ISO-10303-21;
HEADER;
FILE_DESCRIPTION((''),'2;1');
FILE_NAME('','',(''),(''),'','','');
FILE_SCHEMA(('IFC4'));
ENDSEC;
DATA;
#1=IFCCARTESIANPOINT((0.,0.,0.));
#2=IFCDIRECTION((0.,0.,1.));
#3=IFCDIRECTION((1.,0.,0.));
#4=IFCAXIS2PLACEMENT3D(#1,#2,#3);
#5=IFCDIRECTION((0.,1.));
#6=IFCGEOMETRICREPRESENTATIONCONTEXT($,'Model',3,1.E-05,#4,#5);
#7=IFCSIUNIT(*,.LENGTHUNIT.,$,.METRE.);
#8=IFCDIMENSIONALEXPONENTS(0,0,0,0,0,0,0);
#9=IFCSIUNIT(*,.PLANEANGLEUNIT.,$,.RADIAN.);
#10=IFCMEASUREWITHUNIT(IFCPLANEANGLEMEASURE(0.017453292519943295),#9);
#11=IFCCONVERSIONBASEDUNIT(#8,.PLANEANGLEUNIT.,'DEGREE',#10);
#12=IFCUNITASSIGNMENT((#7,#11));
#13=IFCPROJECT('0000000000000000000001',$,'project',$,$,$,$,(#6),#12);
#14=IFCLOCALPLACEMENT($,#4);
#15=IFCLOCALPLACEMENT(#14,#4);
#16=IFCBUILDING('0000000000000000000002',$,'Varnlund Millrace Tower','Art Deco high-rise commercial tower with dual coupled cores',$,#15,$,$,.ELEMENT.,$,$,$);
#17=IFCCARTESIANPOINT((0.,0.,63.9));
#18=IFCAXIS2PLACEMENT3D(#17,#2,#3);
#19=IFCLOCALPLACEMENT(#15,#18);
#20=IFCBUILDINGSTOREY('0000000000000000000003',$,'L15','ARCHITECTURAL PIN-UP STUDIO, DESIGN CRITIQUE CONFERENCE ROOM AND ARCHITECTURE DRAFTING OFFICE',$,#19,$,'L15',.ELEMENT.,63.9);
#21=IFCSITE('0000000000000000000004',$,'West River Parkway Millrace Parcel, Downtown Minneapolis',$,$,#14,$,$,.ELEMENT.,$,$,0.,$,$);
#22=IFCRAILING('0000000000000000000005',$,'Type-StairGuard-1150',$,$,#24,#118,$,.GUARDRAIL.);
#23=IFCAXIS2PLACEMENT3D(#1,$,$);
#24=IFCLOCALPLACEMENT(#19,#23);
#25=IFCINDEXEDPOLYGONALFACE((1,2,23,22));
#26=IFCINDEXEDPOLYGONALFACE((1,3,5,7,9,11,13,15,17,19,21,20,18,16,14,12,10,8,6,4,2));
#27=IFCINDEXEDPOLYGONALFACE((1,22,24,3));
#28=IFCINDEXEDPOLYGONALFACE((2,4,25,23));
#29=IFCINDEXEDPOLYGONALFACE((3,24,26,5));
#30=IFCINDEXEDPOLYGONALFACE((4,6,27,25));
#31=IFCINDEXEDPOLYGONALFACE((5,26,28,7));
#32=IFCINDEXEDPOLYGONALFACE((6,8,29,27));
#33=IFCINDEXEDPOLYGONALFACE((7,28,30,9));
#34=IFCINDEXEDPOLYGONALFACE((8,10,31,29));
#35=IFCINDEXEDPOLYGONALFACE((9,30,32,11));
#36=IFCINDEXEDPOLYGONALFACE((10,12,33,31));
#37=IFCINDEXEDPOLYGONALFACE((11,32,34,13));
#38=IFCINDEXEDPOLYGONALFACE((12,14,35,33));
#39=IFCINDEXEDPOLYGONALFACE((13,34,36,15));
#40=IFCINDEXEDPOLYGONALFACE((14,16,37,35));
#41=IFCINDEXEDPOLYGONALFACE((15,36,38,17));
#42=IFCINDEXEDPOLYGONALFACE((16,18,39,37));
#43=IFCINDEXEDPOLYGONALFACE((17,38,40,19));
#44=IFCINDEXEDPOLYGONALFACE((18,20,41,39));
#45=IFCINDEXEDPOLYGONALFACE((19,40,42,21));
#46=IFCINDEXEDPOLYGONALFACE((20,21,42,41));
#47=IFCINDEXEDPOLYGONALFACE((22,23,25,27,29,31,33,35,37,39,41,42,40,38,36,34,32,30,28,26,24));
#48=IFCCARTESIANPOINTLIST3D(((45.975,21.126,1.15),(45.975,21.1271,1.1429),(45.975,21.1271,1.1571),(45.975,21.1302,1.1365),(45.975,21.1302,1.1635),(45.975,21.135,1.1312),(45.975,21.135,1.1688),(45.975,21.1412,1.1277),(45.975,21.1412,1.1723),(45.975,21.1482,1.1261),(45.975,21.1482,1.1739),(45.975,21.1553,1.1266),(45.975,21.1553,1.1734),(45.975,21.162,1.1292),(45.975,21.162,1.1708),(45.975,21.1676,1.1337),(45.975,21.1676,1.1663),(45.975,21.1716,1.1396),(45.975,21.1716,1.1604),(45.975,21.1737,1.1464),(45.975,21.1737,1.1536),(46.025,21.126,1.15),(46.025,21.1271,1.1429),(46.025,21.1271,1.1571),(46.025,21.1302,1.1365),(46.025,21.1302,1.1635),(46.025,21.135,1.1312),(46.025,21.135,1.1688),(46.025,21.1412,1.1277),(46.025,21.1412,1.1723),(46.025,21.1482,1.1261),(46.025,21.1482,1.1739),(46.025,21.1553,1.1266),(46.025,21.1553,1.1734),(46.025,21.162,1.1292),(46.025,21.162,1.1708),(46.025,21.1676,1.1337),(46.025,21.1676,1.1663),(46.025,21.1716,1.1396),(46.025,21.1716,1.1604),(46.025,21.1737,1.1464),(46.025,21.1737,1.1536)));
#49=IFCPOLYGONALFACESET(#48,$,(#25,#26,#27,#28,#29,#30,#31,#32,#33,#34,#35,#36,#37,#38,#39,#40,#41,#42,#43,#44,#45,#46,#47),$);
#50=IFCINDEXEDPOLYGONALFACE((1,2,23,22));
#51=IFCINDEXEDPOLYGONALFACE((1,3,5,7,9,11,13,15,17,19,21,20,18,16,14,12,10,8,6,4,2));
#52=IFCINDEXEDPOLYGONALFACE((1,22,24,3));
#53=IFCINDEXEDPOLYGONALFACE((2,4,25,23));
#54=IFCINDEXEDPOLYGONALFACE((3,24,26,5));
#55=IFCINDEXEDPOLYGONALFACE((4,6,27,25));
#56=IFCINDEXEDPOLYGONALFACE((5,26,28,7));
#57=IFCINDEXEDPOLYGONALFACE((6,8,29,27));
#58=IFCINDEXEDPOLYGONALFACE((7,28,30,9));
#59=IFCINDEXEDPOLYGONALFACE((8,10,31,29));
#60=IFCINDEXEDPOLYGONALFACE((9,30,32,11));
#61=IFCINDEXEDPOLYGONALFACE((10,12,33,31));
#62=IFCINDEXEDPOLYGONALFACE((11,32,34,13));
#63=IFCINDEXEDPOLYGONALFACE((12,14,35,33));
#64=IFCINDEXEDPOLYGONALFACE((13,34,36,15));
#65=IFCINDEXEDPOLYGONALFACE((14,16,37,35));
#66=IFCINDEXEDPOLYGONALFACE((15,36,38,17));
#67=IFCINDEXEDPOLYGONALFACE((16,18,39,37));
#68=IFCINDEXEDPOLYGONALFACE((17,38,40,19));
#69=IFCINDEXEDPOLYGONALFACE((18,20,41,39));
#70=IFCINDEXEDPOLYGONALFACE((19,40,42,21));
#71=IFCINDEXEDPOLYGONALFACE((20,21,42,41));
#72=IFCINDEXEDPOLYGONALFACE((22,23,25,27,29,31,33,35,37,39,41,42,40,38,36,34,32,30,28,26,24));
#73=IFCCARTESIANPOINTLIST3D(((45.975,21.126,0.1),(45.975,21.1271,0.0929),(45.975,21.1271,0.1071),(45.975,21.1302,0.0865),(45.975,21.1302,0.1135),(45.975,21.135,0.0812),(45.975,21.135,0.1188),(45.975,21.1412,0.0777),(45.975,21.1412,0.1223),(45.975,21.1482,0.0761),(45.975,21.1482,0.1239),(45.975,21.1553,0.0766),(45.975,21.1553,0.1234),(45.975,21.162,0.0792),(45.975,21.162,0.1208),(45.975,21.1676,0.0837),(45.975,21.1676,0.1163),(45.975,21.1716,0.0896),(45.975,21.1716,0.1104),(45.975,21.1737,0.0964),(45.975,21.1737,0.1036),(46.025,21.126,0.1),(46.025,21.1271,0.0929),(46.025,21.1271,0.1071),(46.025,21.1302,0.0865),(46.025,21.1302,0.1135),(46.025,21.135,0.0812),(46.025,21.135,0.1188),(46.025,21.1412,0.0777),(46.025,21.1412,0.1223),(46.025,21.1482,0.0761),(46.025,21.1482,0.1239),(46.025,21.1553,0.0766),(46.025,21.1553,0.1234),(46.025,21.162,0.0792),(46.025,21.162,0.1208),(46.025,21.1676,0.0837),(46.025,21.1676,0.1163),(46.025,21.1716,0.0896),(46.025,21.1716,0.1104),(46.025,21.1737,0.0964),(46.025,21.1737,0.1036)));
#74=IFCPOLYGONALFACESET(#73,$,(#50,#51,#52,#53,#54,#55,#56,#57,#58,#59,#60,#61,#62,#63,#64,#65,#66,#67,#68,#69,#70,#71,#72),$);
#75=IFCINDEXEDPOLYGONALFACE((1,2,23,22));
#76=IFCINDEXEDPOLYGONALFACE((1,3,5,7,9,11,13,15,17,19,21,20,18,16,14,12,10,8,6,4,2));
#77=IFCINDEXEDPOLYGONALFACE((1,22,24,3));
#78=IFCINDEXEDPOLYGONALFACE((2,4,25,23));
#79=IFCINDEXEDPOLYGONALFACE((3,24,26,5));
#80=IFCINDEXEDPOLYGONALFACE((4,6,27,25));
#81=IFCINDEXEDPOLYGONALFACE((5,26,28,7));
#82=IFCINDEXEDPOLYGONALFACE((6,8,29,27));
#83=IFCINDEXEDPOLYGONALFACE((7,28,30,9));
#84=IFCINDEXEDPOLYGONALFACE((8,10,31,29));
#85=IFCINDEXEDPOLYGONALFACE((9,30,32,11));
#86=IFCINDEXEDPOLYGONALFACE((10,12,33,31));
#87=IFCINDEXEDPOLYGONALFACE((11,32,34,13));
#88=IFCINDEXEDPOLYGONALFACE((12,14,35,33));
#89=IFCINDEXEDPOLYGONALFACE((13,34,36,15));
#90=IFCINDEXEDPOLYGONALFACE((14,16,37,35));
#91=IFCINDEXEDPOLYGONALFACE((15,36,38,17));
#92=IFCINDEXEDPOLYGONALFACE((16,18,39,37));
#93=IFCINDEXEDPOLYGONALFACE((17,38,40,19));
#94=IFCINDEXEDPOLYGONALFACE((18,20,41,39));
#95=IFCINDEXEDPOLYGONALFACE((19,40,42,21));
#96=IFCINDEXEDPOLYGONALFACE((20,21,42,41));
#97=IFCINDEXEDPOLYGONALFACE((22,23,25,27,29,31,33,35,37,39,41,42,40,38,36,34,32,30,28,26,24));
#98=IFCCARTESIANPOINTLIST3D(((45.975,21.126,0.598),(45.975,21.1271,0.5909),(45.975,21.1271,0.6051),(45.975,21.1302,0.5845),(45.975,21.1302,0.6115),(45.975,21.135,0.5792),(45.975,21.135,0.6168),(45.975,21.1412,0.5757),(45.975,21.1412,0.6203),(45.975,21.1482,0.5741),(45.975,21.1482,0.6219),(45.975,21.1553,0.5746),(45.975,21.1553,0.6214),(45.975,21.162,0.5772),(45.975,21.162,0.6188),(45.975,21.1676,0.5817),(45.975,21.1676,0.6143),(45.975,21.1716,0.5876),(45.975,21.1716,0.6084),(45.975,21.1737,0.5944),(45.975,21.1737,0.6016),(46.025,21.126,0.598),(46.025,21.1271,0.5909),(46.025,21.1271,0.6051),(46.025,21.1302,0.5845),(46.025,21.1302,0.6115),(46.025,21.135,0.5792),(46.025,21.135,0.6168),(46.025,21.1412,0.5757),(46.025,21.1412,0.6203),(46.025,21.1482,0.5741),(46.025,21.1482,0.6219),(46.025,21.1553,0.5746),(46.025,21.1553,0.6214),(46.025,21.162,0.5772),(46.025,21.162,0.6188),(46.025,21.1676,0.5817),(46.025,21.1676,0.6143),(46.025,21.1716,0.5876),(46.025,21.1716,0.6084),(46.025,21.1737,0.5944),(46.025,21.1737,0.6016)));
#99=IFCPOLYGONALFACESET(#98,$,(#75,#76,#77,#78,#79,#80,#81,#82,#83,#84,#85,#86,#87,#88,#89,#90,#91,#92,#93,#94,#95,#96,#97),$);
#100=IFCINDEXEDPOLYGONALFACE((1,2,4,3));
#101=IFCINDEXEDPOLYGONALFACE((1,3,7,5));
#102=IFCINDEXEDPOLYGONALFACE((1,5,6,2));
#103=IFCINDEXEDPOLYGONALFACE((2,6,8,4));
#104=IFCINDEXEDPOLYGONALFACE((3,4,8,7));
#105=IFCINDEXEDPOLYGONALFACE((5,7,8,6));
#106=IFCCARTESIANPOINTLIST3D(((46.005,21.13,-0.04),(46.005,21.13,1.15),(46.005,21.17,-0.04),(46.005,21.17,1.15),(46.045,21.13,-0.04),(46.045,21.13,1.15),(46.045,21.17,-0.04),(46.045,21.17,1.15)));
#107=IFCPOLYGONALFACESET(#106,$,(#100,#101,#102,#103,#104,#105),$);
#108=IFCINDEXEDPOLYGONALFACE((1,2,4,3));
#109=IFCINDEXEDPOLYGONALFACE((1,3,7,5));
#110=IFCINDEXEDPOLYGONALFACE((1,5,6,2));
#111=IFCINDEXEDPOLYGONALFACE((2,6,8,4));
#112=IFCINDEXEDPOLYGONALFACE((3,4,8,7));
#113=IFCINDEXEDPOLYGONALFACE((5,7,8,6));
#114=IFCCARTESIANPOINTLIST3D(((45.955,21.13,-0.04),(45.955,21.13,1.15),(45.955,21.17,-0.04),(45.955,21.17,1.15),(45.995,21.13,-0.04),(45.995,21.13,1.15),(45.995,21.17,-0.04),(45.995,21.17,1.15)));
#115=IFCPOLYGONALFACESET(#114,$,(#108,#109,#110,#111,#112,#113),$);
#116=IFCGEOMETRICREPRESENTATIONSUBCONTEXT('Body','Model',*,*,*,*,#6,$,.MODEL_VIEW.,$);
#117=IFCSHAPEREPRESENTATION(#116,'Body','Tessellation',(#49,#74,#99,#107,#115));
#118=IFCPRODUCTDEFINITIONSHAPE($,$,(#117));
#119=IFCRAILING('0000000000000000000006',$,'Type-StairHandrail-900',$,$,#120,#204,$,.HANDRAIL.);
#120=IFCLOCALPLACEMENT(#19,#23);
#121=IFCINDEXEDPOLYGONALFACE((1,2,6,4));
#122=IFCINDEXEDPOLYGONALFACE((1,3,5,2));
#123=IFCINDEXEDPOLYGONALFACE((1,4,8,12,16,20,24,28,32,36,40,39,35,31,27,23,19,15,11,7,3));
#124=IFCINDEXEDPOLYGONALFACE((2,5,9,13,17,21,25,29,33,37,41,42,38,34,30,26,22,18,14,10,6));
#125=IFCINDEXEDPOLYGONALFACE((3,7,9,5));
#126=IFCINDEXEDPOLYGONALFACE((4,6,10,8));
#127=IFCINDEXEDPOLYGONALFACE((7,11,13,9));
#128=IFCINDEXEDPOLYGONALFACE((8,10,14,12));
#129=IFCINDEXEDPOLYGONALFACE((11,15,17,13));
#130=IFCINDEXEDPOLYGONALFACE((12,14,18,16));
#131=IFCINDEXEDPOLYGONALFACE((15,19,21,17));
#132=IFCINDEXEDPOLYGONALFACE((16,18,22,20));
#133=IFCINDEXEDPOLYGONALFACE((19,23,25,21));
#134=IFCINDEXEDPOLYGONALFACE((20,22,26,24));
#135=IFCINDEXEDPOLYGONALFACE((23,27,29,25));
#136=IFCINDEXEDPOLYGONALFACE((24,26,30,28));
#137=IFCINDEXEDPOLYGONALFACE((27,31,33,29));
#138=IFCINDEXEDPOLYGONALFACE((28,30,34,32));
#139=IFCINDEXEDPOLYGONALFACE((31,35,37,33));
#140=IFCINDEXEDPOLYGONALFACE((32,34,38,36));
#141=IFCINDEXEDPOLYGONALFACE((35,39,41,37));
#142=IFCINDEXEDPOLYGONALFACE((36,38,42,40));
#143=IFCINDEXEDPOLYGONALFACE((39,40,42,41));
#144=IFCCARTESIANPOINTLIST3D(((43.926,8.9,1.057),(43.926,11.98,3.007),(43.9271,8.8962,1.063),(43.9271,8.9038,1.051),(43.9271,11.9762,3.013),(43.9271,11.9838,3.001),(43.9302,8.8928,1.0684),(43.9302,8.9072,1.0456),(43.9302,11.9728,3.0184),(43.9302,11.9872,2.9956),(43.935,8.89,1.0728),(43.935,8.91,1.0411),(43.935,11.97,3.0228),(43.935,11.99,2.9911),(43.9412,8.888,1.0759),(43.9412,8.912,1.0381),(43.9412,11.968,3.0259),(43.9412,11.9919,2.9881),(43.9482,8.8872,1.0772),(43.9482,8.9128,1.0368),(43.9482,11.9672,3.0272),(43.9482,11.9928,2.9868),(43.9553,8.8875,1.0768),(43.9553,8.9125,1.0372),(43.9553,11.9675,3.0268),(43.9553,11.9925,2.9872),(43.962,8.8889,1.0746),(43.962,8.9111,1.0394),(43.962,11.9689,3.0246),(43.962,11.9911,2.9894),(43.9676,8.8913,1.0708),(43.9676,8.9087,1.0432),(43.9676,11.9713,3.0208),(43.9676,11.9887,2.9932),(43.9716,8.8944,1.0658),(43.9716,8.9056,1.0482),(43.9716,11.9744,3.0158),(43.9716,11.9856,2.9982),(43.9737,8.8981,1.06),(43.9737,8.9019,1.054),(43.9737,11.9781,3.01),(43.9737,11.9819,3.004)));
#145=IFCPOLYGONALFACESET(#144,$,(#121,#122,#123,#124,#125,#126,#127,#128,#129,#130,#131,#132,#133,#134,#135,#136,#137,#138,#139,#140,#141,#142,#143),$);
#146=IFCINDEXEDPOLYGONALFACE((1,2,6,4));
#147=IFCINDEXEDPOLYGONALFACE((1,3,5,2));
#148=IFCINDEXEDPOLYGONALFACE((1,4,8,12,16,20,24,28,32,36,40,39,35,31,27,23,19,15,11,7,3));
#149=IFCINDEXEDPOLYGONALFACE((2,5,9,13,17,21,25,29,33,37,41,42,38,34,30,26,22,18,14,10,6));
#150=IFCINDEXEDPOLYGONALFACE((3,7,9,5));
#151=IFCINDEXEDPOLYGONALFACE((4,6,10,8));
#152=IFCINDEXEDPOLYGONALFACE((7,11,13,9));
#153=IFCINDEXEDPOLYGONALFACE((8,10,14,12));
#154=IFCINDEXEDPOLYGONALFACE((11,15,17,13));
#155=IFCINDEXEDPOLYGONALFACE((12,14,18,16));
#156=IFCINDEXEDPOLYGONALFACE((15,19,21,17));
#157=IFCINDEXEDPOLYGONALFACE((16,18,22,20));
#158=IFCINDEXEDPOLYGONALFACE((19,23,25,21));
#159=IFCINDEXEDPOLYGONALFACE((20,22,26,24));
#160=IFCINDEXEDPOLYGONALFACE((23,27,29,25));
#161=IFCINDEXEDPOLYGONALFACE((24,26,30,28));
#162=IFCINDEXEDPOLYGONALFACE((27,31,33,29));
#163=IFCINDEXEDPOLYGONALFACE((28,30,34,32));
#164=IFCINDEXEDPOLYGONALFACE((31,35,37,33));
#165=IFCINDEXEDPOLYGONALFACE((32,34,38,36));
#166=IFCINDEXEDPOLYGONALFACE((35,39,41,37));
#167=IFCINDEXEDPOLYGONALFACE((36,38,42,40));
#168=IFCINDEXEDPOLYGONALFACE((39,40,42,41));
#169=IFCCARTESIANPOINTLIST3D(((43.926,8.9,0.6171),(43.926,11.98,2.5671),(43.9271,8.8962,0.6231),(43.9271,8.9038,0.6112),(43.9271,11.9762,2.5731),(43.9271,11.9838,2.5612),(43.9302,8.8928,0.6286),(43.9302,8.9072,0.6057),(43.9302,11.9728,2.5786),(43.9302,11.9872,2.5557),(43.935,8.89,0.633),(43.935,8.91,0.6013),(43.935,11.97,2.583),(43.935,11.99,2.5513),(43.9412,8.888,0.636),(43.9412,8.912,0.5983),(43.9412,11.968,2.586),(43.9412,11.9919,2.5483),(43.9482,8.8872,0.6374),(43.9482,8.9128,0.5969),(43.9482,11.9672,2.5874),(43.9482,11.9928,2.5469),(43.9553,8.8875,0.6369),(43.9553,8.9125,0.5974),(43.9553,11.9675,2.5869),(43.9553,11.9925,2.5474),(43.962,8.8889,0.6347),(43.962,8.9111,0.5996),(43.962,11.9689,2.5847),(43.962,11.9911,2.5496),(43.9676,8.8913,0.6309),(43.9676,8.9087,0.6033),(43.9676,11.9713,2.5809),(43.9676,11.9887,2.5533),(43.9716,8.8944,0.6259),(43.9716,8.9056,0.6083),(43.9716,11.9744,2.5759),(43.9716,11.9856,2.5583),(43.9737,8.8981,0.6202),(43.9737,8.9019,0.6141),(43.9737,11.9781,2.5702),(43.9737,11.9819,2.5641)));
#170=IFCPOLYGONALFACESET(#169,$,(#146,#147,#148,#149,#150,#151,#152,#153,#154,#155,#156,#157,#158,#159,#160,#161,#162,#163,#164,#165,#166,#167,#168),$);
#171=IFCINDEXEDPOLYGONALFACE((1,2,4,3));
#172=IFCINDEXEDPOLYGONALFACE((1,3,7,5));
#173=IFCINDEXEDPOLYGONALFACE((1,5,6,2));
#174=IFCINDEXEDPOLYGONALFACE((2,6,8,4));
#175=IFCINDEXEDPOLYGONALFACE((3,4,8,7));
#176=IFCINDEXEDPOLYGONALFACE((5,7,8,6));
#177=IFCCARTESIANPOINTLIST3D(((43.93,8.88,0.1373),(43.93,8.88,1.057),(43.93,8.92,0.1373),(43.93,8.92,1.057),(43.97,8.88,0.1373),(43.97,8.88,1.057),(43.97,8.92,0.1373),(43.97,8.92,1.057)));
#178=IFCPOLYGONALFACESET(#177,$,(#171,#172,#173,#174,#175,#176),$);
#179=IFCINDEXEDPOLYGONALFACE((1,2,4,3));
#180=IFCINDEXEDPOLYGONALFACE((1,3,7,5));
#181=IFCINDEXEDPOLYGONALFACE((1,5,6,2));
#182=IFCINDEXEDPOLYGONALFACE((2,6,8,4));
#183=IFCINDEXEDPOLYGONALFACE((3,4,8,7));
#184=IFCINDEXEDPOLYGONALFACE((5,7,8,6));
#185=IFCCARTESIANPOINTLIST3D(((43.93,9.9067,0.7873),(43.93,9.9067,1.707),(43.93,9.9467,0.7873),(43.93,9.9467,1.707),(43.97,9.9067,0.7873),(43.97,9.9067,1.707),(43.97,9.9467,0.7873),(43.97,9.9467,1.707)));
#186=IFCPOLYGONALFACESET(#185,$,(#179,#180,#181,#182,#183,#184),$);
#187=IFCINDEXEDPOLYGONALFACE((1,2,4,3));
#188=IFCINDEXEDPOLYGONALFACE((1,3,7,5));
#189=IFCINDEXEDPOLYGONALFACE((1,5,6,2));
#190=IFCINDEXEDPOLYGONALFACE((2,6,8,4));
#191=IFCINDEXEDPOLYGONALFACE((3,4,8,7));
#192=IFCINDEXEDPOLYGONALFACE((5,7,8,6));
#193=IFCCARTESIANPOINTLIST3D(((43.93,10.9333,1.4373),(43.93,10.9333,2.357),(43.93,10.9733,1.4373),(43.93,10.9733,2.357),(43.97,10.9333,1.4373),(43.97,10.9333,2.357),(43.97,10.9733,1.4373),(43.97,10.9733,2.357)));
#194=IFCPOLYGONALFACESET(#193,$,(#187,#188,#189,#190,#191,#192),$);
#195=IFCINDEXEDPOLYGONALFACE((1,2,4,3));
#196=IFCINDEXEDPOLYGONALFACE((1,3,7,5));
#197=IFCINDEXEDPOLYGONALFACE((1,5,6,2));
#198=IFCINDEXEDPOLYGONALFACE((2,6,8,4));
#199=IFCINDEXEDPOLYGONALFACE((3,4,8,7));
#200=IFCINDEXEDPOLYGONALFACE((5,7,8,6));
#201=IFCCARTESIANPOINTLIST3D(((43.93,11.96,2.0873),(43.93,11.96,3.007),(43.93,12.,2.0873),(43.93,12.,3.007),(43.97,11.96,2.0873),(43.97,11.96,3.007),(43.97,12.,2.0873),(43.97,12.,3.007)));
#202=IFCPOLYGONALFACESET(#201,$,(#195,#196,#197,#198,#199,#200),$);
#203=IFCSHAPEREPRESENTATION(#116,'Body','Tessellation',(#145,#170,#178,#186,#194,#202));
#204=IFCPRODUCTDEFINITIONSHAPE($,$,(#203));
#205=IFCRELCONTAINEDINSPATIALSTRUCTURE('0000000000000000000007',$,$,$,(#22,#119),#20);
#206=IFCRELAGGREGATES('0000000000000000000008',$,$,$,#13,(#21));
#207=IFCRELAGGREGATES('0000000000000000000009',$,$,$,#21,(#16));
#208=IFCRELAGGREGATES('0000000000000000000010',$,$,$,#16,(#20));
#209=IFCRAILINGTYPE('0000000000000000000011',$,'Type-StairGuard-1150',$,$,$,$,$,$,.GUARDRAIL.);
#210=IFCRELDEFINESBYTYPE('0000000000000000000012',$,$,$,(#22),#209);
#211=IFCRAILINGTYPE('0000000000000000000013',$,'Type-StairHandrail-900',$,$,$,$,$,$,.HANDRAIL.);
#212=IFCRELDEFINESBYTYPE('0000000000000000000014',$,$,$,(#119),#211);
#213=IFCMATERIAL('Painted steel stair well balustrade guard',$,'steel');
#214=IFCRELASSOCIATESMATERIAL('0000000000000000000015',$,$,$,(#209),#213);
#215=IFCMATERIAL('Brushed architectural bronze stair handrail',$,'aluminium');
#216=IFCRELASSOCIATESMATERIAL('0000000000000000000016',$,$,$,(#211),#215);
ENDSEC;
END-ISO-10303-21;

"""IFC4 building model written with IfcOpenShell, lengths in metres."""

from ifc_helpers import new_model, entity, si_unit, converted_unit, direction, frame, origin_with_axes, origin_2d_with_axis, place, context, subcontext, project, spatial, rectangle, circle, extrude, material, type_object, element, save


model = new_model("IFC4")

# Units and contexts
model_context = context("Model", 3, precision=1e-05, world=origin_with_axes(), true_north=direction((0.0, 1.0)))
body_context = subcontext(model_context, "Body", "Model", "MODEL_VIEW")
ifc_project = project(units=[si_unit("LENGTHUNIT", "METRE"), converted_unit("PLANEANGLEUNIT", "DEGREE", entity("IfcPlaneAngleMeasure", 0.017453292519943295), si_unit("PLANEANGLEUNIT", "RADIAN"), dimensions=[0, 0, 0, 0, 0, 0, 0])], contexts=[model_context])

# Site, building, storey
site_placement = place(None, origin_with_axes())
site = spatial("IfcSite", under=ifc_project, at=site_placement, Name="West River Parkway Millrace Parcel, Downtown Minneapolis", CompositionType="ELEMENT", RefElevation=0.0)
building_placement = place(site_placement, origin_with_axes())
building = spatial("IfcBuilding", under=site, at=building_placement, Name="Varnlund Millrace Tower", Description="Art Deco high-rise commercial tower with dual coupled cores", CompositionType="ELEMENT")
storey_placement = place(building_placement, frame((0.0, 0.0, 63.9), z_axis=(0.0, 0.0, 1.0), x_axis=(1.0, 0.0, 0.0)))
storey = spatial("IfcBuildingStorey", under=building, at=storey_placement, Name="L15", Description="ARCHITECTURAL PIN-UP STUDIO, DESIGN CRITIQUE CONFERENCE ROOM AND ARCHITECTURE DRAFTING OFFICE", LongName="L15", CompositionType="ELEMENT", Elevation=63.9)

# Railings
ifc_material_1 = material(Name="Painted steel stair well balustrade guard", Category="steel")
railing_type_1 = type_object("IfcRailingType", Name="Type-StairGuard-1150", PredefinedType="GUARDRAIL", material=ifc_material_1)
railing_1_placement = place(storey_placement, frame((0.0, 0.0, -63.9), z_axis=(0.0, 0.0, 1.0), x_axis=(1.0, 0.0, 0.0)))
element("IfcRailing", 1, at=railing_1_placement, inside=storey, type_object=railing_type_1, Name="Type-StairGuard-1150", PredefinedType="GUARDRAIL", context=body_context, shape_type="SweptSolid", body=[
    extrude(circle(Radius=0.024, at=origin_2d_with_axis()), frame((46.025, 21.15, 65.05), z_axis=(-1.0, 0.0, 0.0), x_axis=(0.0, -1.0, 0.0)), (0.0, 0.0, 1.0), 0.05),
    extrude(circle(Radius=0.024, at=origin_2d_with_axis()), frame((46.025, 21.15, 64.0), z_axis=(-1.0, 0.0, 0.0), x_axis=(0.0, -1.0, 0.0)), (0.0, 0.0, 1.0), 0.05),
    extrude(circle(Radius=0.024, at=origin_2d_with_axis()), frame((46.025, 21.15, 64.498), z_axis=(-1.0, 0.0, 0.0), x_axis=(0.0, -1.0, 0.0)), (0.0, 0.0, 1.0), 0.05),
    extrude(rectangle(XDim=0.04, YDim=0.04, at=origin_2d_with_axis()), frame((46.025, 21.15, 63.86), z_axis=(0.0, 0.0, 1.0), x_axis=(1.0, 0.0, 0.0)), (0.0, 0.0, 1.0), 1.19),
    extrude(rectangle(XDim=0.04, YDim=0.04, at=origin_2d_with_axis()), frame((45.975, 21.15, 63.86), z_axis=(0.0, 0.0, 1.0), x_axis=(1.0, 0.0, 0.0)), (0.0, 0.0, 1.0), 1.19),
])
ifc_material_2 = material(Name="Brushed architectural bronze stair handrail", Category="aluminium")
railing_type_2 = type_object("IfcRailingType", Name="Type-StairHandrail-900", PredefinedType="HANDRAIL", material=ifc_material_2)
railing_2_placement = place(storey_placement, frame((0.0, 0.0, -63.9), z_axis=(0.0, 0.0, 1.0), x_axis=(1.0, 0.0, 0.0)))
element("IfcRailing", 2, at=railing_2_placement, inside=storey, type_object=railing_type_2, Name="Type-StairHandrail-900", PredefinedType="HANDRAIL", context=body_context, shape_type="SweptSolid", body=[
    extrude(circle(Radius=0.024, at=origin_2d_with_axis()), frame((43.95, 8.9, 64.957), z_axis=(0.0, 0.844902, 0.534922), x_axis=(-1.0, 0.0, 0.0)), (0.0, 0.0, 1.0), 3.6454),
    extrude(circle(Radius=0.024, at=origin_2d_with_axis()), frame((43.95, 8.9, 64.5171), z_axis=(0.0, 0.844902, 0.534922), x_axis=(-1.0, 0.0, 0.0)), (0.0, 0.0, 1.0), 3.6454),
    extrude(rectangle(XDim=0.04, YDim=0.04, at=origin_2d_with_axis()), frame((43.95, 8.9, 64.0373), z_axis=(0.0, 0.0, 1.0), x_axis=(1.0, 0.0, 0.0)), (0.0, 0.0, 1.0), 0.9197),
    extrude(rectangle(XDim=0.04, YDim=0.04, at=origin_2d_with_axis()), frame((43.95, 9.9267, 64.6873), z_axis=(0.0, 0.0, 1.0), x_axis=(1.0, 0.0, 0.0)), (0.0, 0.0, 1.0), 0.9197),
    extrude(rectangle(XDim=0.04, YDim=0.04, at=origin_2d_with_axis()), frame((43.95, 10.9533, 65.3373), z_axis=(0.0, 0.0, 1.0), x_axis=(1.0, 0.0, 0.0)), (0.0, 0.0, 1.0), 0.9197),
    extrude(rectangle(XDim=0.04, YDim=0.04, at=origin_2d_with_axis()), frame((43.95, 11.98, 65.9873), z_axis=(0.0, 0.0, 1.0), x_axis=(1.0, 0.0, 0.0)), (0.0, 0.0, 1.0), 0.9197),
])

save(model, "model.ifc")
